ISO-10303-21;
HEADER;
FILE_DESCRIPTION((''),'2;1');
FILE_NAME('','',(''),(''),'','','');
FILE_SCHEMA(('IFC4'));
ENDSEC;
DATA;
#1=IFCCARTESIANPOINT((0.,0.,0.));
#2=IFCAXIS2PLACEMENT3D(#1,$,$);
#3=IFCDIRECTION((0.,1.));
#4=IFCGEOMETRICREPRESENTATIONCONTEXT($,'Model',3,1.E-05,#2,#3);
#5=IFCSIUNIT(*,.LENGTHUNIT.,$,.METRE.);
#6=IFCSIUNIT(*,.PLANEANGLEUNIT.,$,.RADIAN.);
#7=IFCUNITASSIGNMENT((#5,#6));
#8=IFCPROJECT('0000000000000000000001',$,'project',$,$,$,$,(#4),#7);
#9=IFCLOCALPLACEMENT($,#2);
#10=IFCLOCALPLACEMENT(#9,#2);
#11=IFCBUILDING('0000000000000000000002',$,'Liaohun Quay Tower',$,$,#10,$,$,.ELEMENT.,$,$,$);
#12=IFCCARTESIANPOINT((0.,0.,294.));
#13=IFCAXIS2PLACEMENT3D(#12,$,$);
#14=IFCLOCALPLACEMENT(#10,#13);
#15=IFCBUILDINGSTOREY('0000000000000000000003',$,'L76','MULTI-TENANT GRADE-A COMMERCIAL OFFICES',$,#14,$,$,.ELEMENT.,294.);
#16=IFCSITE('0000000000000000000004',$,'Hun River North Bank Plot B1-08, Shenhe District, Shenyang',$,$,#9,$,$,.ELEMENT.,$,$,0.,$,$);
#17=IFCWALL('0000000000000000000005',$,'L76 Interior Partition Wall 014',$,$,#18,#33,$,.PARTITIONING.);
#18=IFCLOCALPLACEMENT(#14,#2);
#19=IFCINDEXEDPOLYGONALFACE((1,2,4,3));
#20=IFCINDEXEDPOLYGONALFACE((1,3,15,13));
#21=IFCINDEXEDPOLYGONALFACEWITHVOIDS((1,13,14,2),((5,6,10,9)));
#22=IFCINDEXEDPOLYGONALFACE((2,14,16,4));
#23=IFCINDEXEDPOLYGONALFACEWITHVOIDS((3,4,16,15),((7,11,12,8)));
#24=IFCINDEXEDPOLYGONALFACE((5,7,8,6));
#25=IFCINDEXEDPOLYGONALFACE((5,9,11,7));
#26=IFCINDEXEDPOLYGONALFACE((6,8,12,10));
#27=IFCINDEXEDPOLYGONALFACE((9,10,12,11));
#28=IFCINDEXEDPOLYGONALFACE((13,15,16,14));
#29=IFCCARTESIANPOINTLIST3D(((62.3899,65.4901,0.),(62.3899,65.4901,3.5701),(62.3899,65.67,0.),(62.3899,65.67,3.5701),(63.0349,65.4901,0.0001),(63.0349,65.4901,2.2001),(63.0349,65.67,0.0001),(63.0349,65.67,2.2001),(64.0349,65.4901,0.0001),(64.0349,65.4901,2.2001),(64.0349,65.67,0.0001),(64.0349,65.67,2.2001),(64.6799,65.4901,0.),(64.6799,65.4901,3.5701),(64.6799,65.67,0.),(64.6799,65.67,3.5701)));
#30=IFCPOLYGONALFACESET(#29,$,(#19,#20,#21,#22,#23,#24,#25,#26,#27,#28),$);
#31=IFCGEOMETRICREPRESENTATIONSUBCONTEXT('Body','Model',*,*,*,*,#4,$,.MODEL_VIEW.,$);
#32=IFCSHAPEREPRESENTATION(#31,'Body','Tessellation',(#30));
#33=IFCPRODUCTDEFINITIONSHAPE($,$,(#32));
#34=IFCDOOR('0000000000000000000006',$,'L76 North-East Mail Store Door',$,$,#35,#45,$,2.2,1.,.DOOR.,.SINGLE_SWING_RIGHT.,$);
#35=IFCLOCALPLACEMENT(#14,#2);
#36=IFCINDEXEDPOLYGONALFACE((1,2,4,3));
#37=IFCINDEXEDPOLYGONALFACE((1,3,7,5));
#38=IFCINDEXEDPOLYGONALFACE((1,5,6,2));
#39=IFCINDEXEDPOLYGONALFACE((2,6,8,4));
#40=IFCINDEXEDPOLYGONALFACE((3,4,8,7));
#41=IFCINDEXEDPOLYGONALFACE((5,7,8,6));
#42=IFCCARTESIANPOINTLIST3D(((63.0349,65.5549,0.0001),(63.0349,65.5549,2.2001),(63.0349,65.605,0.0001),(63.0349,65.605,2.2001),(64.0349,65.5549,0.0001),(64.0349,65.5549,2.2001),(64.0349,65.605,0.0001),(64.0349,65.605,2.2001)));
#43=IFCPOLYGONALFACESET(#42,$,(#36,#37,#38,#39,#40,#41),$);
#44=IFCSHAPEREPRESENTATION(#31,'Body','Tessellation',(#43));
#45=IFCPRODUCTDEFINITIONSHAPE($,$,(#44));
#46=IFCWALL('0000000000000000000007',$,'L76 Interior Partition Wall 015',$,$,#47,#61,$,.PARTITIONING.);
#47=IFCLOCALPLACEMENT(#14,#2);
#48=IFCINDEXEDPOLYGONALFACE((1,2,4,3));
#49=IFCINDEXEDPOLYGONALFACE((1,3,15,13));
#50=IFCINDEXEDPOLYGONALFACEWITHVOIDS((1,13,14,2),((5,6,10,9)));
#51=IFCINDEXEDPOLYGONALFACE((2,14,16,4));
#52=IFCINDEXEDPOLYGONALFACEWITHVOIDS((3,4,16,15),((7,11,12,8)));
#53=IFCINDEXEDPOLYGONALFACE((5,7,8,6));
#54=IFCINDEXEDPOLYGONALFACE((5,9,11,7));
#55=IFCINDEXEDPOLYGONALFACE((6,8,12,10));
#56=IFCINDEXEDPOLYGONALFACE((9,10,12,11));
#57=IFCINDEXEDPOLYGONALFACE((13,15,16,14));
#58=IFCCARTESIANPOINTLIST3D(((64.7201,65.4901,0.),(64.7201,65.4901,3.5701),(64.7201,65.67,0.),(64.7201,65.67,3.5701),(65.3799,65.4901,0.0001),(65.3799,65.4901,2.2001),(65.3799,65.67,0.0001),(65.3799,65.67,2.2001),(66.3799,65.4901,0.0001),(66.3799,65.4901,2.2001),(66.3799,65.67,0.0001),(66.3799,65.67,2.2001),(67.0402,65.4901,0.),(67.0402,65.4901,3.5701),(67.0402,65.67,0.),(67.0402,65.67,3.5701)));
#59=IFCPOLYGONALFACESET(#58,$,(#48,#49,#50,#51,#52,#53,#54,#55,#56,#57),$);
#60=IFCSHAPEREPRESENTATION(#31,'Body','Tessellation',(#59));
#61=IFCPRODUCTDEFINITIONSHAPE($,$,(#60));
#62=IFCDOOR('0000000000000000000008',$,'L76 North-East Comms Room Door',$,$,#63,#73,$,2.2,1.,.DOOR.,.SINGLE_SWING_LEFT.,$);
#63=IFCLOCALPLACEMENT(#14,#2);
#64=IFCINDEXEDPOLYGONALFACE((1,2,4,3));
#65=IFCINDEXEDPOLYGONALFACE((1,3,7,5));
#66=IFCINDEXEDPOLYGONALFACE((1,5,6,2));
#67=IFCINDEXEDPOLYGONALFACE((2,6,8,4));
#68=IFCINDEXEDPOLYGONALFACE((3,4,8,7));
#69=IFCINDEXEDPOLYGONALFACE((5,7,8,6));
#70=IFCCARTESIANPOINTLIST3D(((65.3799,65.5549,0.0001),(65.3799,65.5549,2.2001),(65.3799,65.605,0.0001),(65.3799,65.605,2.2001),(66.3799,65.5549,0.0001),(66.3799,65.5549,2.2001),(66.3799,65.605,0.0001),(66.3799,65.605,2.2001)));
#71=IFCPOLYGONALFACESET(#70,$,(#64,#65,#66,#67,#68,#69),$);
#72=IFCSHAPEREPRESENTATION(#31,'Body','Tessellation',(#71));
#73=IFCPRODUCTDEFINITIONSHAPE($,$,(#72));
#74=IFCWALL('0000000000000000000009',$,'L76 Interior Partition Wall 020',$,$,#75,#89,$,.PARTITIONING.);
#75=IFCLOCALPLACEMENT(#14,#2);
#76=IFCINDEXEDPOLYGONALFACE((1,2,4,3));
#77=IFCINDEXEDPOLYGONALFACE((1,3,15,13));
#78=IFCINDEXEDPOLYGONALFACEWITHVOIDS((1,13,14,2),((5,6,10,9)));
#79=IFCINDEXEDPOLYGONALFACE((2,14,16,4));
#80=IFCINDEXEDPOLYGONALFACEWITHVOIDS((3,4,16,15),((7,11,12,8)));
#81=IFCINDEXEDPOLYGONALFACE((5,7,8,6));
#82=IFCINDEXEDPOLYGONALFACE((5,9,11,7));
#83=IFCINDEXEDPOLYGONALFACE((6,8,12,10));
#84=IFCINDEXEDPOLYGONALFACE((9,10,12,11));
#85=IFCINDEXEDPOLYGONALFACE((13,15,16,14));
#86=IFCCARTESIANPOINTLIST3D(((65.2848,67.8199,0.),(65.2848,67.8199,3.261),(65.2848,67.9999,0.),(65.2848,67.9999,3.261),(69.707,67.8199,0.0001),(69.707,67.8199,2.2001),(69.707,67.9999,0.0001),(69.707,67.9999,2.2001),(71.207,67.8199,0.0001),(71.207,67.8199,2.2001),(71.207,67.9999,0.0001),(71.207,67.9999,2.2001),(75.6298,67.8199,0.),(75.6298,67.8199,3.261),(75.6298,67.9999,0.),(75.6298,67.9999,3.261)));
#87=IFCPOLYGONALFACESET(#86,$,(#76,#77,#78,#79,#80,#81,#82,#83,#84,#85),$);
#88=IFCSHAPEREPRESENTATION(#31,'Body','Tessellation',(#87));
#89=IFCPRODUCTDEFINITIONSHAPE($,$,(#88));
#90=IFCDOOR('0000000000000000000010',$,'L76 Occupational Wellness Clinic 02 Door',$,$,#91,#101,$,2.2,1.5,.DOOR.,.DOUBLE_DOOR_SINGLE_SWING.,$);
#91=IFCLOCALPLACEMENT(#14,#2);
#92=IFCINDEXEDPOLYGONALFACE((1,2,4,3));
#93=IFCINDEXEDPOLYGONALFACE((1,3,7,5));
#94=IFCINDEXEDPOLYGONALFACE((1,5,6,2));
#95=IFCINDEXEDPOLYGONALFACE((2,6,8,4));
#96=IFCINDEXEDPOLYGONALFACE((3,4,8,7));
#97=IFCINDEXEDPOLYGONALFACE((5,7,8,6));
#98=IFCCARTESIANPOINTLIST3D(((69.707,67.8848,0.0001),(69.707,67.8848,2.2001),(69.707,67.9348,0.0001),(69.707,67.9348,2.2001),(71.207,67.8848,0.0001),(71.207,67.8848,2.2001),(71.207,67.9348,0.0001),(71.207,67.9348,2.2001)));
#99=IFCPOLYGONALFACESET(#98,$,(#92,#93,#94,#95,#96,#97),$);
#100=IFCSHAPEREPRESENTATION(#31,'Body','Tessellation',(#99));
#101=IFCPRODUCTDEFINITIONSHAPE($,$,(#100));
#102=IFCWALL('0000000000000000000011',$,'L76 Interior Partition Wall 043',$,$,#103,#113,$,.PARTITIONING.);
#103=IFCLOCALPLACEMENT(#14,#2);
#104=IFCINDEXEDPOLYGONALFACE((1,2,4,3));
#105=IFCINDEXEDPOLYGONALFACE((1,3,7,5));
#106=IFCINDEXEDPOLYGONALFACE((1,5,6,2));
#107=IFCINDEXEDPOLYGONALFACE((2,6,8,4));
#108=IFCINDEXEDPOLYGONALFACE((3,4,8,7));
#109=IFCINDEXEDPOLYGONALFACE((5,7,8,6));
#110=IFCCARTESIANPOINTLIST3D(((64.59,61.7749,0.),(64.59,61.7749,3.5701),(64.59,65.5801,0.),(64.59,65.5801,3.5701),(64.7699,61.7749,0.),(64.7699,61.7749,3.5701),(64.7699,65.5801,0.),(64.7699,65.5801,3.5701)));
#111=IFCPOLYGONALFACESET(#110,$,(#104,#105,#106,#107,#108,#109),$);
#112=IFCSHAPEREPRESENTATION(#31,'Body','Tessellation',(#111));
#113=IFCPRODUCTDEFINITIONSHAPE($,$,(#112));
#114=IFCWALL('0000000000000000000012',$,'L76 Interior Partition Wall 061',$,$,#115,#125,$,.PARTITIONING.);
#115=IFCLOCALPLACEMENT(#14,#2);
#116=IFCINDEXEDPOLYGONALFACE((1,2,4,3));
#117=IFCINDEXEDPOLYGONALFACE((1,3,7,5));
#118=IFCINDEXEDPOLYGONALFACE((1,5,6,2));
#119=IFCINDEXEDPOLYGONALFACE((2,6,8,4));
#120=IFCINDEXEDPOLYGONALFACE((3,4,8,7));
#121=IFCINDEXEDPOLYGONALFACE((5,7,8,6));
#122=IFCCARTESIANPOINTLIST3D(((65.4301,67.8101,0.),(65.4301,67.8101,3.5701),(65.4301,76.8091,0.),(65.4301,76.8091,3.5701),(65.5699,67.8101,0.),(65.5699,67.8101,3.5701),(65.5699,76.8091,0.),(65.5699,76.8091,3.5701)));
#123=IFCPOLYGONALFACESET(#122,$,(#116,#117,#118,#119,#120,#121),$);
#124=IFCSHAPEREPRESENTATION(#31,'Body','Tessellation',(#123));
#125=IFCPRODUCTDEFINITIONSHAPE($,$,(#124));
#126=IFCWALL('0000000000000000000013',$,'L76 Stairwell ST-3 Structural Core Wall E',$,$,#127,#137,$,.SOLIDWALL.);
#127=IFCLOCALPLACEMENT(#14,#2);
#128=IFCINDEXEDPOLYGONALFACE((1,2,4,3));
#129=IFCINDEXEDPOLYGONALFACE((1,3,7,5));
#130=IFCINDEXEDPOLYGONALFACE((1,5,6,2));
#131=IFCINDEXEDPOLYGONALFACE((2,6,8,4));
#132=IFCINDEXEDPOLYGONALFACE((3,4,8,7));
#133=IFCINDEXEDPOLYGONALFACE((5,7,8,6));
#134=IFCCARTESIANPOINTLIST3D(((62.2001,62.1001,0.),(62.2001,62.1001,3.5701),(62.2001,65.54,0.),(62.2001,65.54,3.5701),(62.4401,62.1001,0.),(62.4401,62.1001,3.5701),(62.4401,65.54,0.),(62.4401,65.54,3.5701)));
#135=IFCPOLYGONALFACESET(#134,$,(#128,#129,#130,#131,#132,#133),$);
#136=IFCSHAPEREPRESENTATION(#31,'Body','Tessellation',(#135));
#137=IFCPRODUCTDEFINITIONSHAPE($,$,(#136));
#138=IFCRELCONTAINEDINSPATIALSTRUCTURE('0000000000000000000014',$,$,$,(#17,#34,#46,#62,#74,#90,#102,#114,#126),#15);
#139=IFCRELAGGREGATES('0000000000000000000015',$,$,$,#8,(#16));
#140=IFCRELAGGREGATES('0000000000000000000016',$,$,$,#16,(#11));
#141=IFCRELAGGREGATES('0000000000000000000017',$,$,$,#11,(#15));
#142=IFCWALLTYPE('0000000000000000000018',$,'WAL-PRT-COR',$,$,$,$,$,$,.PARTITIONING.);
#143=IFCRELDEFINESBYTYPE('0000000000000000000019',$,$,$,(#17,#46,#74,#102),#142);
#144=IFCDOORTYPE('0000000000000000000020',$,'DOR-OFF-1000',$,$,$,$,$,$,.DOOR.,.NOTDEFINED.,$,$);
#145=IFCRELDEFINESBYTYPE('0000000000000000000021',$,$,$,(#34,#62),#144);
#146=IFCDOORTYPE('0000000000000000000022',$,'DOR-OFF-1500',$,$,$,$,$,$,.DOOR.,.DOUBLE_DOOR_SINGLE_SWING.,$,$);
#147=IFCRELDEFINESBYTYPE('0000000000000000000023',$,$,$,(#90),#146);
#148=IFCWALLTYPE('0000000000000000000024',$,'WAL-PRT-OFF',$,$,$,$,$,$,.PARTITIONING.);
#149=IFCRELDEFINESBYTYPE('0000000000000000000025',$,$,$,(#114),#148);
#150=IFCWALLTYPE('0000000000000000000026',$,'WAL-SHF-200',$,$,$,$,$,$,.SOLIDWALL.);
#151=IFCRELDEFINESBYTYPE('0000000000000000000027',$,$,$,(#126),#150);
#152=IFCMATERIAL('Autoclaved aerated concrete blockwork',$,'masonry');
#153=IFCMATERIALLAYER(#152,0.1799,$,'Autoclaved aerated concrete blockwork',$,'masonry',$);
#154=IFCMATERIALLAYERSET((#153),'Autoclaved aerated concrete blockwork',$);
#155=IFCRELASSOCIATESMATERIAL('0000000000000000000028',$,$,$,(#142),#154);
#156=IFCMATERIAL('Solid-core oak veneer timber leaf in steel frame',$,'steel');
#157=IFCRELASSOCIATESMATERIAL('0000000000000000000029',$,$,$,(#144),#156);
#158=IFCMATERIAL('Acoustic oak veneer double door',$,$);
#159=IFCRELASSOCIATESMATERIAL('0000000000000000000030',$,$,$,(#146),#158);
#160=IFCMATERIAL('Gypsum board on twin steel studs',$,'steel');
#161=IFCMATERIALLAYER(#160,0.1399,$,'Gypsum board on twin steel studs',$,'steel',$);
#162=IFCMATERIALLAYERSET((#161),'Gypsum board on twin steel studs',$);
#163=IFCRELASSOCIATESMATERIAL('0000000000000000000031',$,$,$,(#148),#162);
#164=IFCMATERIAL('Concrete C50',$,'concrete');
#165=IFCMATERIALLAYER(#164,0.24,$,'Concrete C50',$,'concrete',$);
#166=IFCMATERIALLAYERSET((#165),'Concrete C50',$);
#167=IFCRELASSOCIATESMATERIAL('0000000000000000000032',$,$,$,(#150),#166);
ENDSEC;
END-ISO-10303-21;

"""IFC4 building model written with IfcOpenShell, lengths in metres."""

from ifc_helpers import new_model, si_unit, direction, frame, frame_2d, origin, place, context, subcontext, project, spatial, rectangle, extrude, source, transform, mapped, material, layer, layer_set, type_object, element, fill, save


model = new_model("IFC4")

# Units and contexts
model_context = context("Model", 3, precision=1e-05, world=origin(), true_north=direction((0.0, 1.0)))
body_context = subcontext(model_context, "Body", "Model", "MODEL_VIEW")
ifc_project = project(units=[si_unit("LENGTHUNIT", "METRE"), si_unit("PLANEANGLEUNIT", "RADIAN")], contexts=[model_context])

# Site, building, storey
site_placement = place(None, origin())
site = spatial("IfcSite", under=ifc_project, at=site_placement, Name="Hun River North Bank Plot B1-08, Shenhe District, Shenyang", CompositionType="ELEMENT", RefElevation=0.0)
building_placement = place(site_placement, origin())
building = spatial("IfcBuilding", under=site, at=building_placement, Name="Liaohun Quay Tower", CompositionType="ELEMENT")
storey_placement = place(building_placement, frame((0.0, 0.0, 294.0)))
storey = spatial("IfcBuildingStorey", under=building, at=storey_placement, Name="L76", Description="MULTI-TENANT GRADE-A COMMERCIAL OFFICES", CompositionType="ELEMENT", Elevation=294.0)

# Shared definitions
ifc_material_1 = material(Name="Concrete C50", Category="concrete")

# Walls, openings, doors
ifc_material_2 = material(Name="Autoclaved aerated concrete blockwork", Category="masonry")
ifc_layer_1 = layer(ifc_material_2, 0.1799, Name="Autoclaved aerated concrete blockwork", Category="masonry")
ifc_layer_set_1 = layer_set([ifc_layer_1], Name="Autoclaved aerated concrete blockwork")
wall_type_1 = type_object("IfcWallType", Name="WAL-PRT-COR", PredefinedType="PARTITIONING", material=ifc_layer_set_1)
wall_1_placement = place(storey_placement, frame((62.3899, 65.5801, 0.0), z_axis=(0.0, 0.0, 1.0), x_axis=(1.0, 0.0, 0.0)))
wall_1 = element("IfcWall", 1, at=wall_1_placement, inside=storey, type_object=wall_type_1, Name="L76 Interior Partition Wall 014", PredefinedType="PARTITIONING", context=body_context, shape_type="SweptSolid", body=[
    extrude(rectangle(XDim=2.29, YDim=0.1799, at=frame_2d((1.145, 0.0))), origin(), (0.0, 0.0, 1.0), 3.5701),
])
shared_shape_1 = source(origin(), body_context, "Body", "SweptSolid", [
    extrude(rectangle(XDim=1.0, YDim=2.2, at=frame_2d((0.5, 1.1001))), frame((0.0, 0.0999, 0.0), z_axis=(0.0, -1.0, 0.0), x_axis=(1.0, 0.0, 0.0)), (0.0, 0.0, 1.0), 0.2),
])
opening_1_placement = place(wall_1_placement, frame((0.645, 0.0, 0.0)))
opening_1 = element("IfcOpeningElement", 2, at=opening_1_placement, cuts=wall_1, PredefinedType="OPENING", context=body_context, shape_type="MappedRepresentation", body=[
    mapped(shared_shape_1, transform((0.0, 0.0, 0.0), x_axis=(1.0, 0.0, 0.0), y_axis=(0.0, 1.0, 0.0), z_axis=(0.0, 0.0, 1.0), scale=1.0)),
])
ifc_material_3 = material(Name="Solid-core oak veneer timber leaf in steel frame", Category="steel")
door_type_1 = type_object("IfcDoorType", Name="DOR-OFF-1000", OperationType="NOTDEFINED", PredefinedType="DOOR", material=ifc_material_3)
shared_shape_2 = source(origin(), body_context, "Body", "SweptSolid", [
    extrude(rectangle(XDim=1.0, YDim=2.2, at=frame_2d((0.5, 1.1001))), frame((0.0, 0.0249, 0.0), z_axis=(0.0, -1.0, 0.0), x_axis=(1.0, 0.0, 0.0)), (0.0, 0.0, 1.0), 0.05),
])
door_1_placement = place(opening_1_placement, origin())
door_1 = element("IfcDoor", 3, at=door_1_placement, inside=storey, type_object=door_type_1, Name="L76 North-East Mail Store Door", OperationType="SINGLE_SWING_RIGHT", OverallHeight=2.2, OverallWidth=1.0, PredefinedType="DOOR", context=body_context, shape_type="MappedRepresentation", body=[
    mapped(shared_shape_2, transform((0.0, 0.0, 0.0), x_axis=(1.0, 0.0, 0.0), y_axis=(0.0, 1.0, 0.0), z_axis=(0.0, 0.0, 1.0), scale=1.0)),
])
fill(opening_1, door_1)
wall_2_placement = place(storey_placement, frame((64.72, 65.5801, 0.0), z_axis=(0.0, 0.0, 1.0), x_axis=(1.0, 0.0, 0.0)))
wall_2 = element("IfcWall", 4, at=wall_2_placement, inside=storey, type_object=wall_type_1, Name="L76 Interior Partition Wall 015", PredefinedType="PARTITIONING", context=body_context, shape_type="SweptSolid", body=[
    extrude(rectangle(XDim=2.3201, YDim=0.1799, at=frame_2d((1.1602, 0.0))), origin(), (0.0, 0.0, 1.0), 3.5701),
])
opening_2_placement = place(wall_2_placement, frame((0.6599, 0.0, 0.0)))
opening_2 = element("IfcOpeningElement", 5, at=opening_2_placement, cuts=wall_2, PredefinedType="OPENING", context=body_context, shape_type="MappedRepresentation", body=[
    mapped(shared_shape_1, transform((0.0, 0.0, 0.0), x_axis=(1.0, 0.0, 0.0), y_axis=(0.0, 1.0, 0.0), z_axis=(0.0, 0.0, 1.0), scale=1.0)),
])
door_2_placement = place(opening_2_placement, origin())
door_2 = element("IfcDoor", 6, at=door_2_placement, inside=storey, type_object=door_type_1, Name="L76 North-East Comms Room Door", OperationType="SINGLE_SWING_LEFT", OverallHeight=2.2, OverallWidth=1.0, PredefinedType="DOOR", context=body_context, shape_type="MappedRepresentation", body=[
    mapped(shared_shape_2, transform((0.0, 0.0, 0.0), x_axis=(1.0, 0.0, 0.0), y_axis=(0.0, 1.0, 0.0), z_axis=(0.0, 0.0, 1.0), scale=1.0)),
])
fill(opening_2, door_2)
wall_3_placement = place(storey_placement, frame((65.2849, 67.9099, 0.0), z_axis=(0.0, 0.0, 1.0), x_axis=(1.0, 0.0, 0.0)))
wall_3 = element("IfcWall", 7, at=wall_3_placement, inside=storey, type_object=wall_type_1, Name="L76 Interior Partition Wall 020", PredefinedType="PARTITIONING", context=body_context, shape_type="SweptSolid", body=[
    extrude(rectangle(XDim=10.345, YDim=0.1799, at=frame_2d((5.1724, 0.0))), origin(), (0.0, 0.0, 1.0), 3.261),
])
shared_shape_3 = source(origin(), body_context, "Body", "SweptSolid", [
    extrude(rectangle(XDim=1.5, YDim=2.2, at=frame_2d((0.75, 1.1001))), frame((0.0, 0.0999, 0.0), z_axis=(0.0, -1.0, 0.0), x_axis=(1.0, 0.0, 0.0)), (0.0, 0.0, 1.0), 0.2),
])
opening_3_placement = place(wall_3_placement, frame((4.4221, 0.0, 0.0)))
opening_3 = element("IfcOpeningElement", 8, at=opening_3_placement, cuts=wall_3, PredefinedType="OPENING", context=body_context, shape_type="MappedRepresentation", body=[
    mapped(shared_shape_3, transform((0.0, 0.0, 0.0), x_axis=(1.0, 0.0, 0.0), y_axis=(0.0, 1.0, 0.0), z_axis=(0.0, 0.0, 1.0), scale=1.0)),
])
ifc_material_4 = material(Name="Acoustic oak veneer double door")
door_type_2 = type_object("IfcDoorType", Name="DOR-OFF-1500", OperationType="DOUBLE_DOOR_SINGLE_SWING", PredefinedType="DOOR", material=ifc_material_4)
shared_shape_4 = source(origin(), body_context, "Body", "SweptSolid", [
    extrude(rectangle(XDim=1.5, YDim=2.2, at=frame_2d((0.75, 1.1001))), frame((0.0, 0.0249, 0.0), z_axis=(0.0, -1.0, 0.0), x_axis=(1.0, 0.0, 0.0)), (0.0, 0.0, 1.0), 0.05),
])
door_3_placement = place(opening_3_placement, origin())
door_3 = element("IfcDoor", 9, at=door_3_placement, inside=storey, type_object=door_type_2, Name="L76 Occupational Wellness Clinic 02 Door", OperationType="DOUBLE_DOOR_SINGLE_SWING", OverallHeight=2.2, OverallWidth=1.5, PredefinedType="DOOR", context=body_context, shape_type="MappedRepresentation", body=[
    mapped(shared_shape_4, transform((0.0, 0.0, 0.0), x_axis=(1.0, 0.0, 0.0), y_axis=(0.0, 1.0, 0.0), z_axis=(0.0, 0.0, 1.0), scale=1.0)),
])
fill(opening_3, door_3)

# Walls
wall_4_placement = place(storey_placement, frame((64.6799, 61.7749, 0.0), z_axis=(0.0, 0.0, 1.0), x_axis=(0.0, 1.0, 0.0)))
element("IfcWall", 10, at=wall_4_placement, inside=storey, type_object=wall_type_1, Name="L76 Interior Partition Wall 043", PredefinedType="PARTITIONING", context=body_context, shape_type="SweptSolid", body=[
    extrude(rectangle(XDim=3.8052, YDim=0.1799, at=frame_2d((1.9026, 0.0))), origin(), (0.0, 0.0, 1.0), 3.5701),
])
ifc_material_5 = material(Name="Gypsum board on twin steel studs", Category="steel")
ifc_layer_2 = layer(ifc_material_5, 0.1399, Name="Gypsum board on twin steel studs", Category="steel")
ifc_layer_set_2 = layer_set([ifc_layer_2], Name="Gypsum board on twin steel studs")
wall_type_2 = type_object("IfcWallType", Name="WAL-PRT-OFF", PredefinedType="PARTITIONING", material=ifc_layer_set_2)
wall_5_placement = place(storey_placement, frame((65.5, 67.8101, 0.0), z_axis=(0.0, 0.0, 1.0), x_axis=(0.0, 1.0, 0.0)))
element("IfcWall", 11, at=wall_5_placement, inside=storey, type_object=wall_type_2, Name="L76 Interior Partition Wall 061", PredefinedType="PARTITIONING", context=body_context, shape_type="SweptSolid", body=[
    extrude(rectangle(XDim=8.999, YDim=0.1399, at=frame_2d((4.4995, 0.0))), origin(), (0.0, 0.0, 1.0), 3.5701),
])
ifc_layer_3 = layer(ifc_material_1, 0.24, Name="Concrete C50", Category="concrete")
ifc_layer_set_3 = layer_set([ifc_layer_3], Name="Concrete C50")
wall_type_3 = type_object("IfcWallType", Name="WAL-SHF-200", PredefinedType="SOLIDWALL", material=ifc_layer_set_3)
wall_6_placement = place(storey_placement, frame((62.3201, 62.1001, 0.0), z_axis=(0.0, 0.0, 1.0), x_axis=(0.0, 1.0, 0.0)))
element("IfcWall", 12, at=wall_6_placement, inside=storey, type_object=wall_type_3, Name="L76 Stairwell ST-3 Structural Core Wall E", PredefinedType="SOLIDWALL", context=body_context, shape_type="SweptSolid", body=[
    extrude(rectangle(XDim=3.4399, YDim=0.24, at=frame_2d((1.72, 0.0))), origin(), (0.0, 0.0, 1.0), 3.5701),
])

save(model, "model.ifc")
